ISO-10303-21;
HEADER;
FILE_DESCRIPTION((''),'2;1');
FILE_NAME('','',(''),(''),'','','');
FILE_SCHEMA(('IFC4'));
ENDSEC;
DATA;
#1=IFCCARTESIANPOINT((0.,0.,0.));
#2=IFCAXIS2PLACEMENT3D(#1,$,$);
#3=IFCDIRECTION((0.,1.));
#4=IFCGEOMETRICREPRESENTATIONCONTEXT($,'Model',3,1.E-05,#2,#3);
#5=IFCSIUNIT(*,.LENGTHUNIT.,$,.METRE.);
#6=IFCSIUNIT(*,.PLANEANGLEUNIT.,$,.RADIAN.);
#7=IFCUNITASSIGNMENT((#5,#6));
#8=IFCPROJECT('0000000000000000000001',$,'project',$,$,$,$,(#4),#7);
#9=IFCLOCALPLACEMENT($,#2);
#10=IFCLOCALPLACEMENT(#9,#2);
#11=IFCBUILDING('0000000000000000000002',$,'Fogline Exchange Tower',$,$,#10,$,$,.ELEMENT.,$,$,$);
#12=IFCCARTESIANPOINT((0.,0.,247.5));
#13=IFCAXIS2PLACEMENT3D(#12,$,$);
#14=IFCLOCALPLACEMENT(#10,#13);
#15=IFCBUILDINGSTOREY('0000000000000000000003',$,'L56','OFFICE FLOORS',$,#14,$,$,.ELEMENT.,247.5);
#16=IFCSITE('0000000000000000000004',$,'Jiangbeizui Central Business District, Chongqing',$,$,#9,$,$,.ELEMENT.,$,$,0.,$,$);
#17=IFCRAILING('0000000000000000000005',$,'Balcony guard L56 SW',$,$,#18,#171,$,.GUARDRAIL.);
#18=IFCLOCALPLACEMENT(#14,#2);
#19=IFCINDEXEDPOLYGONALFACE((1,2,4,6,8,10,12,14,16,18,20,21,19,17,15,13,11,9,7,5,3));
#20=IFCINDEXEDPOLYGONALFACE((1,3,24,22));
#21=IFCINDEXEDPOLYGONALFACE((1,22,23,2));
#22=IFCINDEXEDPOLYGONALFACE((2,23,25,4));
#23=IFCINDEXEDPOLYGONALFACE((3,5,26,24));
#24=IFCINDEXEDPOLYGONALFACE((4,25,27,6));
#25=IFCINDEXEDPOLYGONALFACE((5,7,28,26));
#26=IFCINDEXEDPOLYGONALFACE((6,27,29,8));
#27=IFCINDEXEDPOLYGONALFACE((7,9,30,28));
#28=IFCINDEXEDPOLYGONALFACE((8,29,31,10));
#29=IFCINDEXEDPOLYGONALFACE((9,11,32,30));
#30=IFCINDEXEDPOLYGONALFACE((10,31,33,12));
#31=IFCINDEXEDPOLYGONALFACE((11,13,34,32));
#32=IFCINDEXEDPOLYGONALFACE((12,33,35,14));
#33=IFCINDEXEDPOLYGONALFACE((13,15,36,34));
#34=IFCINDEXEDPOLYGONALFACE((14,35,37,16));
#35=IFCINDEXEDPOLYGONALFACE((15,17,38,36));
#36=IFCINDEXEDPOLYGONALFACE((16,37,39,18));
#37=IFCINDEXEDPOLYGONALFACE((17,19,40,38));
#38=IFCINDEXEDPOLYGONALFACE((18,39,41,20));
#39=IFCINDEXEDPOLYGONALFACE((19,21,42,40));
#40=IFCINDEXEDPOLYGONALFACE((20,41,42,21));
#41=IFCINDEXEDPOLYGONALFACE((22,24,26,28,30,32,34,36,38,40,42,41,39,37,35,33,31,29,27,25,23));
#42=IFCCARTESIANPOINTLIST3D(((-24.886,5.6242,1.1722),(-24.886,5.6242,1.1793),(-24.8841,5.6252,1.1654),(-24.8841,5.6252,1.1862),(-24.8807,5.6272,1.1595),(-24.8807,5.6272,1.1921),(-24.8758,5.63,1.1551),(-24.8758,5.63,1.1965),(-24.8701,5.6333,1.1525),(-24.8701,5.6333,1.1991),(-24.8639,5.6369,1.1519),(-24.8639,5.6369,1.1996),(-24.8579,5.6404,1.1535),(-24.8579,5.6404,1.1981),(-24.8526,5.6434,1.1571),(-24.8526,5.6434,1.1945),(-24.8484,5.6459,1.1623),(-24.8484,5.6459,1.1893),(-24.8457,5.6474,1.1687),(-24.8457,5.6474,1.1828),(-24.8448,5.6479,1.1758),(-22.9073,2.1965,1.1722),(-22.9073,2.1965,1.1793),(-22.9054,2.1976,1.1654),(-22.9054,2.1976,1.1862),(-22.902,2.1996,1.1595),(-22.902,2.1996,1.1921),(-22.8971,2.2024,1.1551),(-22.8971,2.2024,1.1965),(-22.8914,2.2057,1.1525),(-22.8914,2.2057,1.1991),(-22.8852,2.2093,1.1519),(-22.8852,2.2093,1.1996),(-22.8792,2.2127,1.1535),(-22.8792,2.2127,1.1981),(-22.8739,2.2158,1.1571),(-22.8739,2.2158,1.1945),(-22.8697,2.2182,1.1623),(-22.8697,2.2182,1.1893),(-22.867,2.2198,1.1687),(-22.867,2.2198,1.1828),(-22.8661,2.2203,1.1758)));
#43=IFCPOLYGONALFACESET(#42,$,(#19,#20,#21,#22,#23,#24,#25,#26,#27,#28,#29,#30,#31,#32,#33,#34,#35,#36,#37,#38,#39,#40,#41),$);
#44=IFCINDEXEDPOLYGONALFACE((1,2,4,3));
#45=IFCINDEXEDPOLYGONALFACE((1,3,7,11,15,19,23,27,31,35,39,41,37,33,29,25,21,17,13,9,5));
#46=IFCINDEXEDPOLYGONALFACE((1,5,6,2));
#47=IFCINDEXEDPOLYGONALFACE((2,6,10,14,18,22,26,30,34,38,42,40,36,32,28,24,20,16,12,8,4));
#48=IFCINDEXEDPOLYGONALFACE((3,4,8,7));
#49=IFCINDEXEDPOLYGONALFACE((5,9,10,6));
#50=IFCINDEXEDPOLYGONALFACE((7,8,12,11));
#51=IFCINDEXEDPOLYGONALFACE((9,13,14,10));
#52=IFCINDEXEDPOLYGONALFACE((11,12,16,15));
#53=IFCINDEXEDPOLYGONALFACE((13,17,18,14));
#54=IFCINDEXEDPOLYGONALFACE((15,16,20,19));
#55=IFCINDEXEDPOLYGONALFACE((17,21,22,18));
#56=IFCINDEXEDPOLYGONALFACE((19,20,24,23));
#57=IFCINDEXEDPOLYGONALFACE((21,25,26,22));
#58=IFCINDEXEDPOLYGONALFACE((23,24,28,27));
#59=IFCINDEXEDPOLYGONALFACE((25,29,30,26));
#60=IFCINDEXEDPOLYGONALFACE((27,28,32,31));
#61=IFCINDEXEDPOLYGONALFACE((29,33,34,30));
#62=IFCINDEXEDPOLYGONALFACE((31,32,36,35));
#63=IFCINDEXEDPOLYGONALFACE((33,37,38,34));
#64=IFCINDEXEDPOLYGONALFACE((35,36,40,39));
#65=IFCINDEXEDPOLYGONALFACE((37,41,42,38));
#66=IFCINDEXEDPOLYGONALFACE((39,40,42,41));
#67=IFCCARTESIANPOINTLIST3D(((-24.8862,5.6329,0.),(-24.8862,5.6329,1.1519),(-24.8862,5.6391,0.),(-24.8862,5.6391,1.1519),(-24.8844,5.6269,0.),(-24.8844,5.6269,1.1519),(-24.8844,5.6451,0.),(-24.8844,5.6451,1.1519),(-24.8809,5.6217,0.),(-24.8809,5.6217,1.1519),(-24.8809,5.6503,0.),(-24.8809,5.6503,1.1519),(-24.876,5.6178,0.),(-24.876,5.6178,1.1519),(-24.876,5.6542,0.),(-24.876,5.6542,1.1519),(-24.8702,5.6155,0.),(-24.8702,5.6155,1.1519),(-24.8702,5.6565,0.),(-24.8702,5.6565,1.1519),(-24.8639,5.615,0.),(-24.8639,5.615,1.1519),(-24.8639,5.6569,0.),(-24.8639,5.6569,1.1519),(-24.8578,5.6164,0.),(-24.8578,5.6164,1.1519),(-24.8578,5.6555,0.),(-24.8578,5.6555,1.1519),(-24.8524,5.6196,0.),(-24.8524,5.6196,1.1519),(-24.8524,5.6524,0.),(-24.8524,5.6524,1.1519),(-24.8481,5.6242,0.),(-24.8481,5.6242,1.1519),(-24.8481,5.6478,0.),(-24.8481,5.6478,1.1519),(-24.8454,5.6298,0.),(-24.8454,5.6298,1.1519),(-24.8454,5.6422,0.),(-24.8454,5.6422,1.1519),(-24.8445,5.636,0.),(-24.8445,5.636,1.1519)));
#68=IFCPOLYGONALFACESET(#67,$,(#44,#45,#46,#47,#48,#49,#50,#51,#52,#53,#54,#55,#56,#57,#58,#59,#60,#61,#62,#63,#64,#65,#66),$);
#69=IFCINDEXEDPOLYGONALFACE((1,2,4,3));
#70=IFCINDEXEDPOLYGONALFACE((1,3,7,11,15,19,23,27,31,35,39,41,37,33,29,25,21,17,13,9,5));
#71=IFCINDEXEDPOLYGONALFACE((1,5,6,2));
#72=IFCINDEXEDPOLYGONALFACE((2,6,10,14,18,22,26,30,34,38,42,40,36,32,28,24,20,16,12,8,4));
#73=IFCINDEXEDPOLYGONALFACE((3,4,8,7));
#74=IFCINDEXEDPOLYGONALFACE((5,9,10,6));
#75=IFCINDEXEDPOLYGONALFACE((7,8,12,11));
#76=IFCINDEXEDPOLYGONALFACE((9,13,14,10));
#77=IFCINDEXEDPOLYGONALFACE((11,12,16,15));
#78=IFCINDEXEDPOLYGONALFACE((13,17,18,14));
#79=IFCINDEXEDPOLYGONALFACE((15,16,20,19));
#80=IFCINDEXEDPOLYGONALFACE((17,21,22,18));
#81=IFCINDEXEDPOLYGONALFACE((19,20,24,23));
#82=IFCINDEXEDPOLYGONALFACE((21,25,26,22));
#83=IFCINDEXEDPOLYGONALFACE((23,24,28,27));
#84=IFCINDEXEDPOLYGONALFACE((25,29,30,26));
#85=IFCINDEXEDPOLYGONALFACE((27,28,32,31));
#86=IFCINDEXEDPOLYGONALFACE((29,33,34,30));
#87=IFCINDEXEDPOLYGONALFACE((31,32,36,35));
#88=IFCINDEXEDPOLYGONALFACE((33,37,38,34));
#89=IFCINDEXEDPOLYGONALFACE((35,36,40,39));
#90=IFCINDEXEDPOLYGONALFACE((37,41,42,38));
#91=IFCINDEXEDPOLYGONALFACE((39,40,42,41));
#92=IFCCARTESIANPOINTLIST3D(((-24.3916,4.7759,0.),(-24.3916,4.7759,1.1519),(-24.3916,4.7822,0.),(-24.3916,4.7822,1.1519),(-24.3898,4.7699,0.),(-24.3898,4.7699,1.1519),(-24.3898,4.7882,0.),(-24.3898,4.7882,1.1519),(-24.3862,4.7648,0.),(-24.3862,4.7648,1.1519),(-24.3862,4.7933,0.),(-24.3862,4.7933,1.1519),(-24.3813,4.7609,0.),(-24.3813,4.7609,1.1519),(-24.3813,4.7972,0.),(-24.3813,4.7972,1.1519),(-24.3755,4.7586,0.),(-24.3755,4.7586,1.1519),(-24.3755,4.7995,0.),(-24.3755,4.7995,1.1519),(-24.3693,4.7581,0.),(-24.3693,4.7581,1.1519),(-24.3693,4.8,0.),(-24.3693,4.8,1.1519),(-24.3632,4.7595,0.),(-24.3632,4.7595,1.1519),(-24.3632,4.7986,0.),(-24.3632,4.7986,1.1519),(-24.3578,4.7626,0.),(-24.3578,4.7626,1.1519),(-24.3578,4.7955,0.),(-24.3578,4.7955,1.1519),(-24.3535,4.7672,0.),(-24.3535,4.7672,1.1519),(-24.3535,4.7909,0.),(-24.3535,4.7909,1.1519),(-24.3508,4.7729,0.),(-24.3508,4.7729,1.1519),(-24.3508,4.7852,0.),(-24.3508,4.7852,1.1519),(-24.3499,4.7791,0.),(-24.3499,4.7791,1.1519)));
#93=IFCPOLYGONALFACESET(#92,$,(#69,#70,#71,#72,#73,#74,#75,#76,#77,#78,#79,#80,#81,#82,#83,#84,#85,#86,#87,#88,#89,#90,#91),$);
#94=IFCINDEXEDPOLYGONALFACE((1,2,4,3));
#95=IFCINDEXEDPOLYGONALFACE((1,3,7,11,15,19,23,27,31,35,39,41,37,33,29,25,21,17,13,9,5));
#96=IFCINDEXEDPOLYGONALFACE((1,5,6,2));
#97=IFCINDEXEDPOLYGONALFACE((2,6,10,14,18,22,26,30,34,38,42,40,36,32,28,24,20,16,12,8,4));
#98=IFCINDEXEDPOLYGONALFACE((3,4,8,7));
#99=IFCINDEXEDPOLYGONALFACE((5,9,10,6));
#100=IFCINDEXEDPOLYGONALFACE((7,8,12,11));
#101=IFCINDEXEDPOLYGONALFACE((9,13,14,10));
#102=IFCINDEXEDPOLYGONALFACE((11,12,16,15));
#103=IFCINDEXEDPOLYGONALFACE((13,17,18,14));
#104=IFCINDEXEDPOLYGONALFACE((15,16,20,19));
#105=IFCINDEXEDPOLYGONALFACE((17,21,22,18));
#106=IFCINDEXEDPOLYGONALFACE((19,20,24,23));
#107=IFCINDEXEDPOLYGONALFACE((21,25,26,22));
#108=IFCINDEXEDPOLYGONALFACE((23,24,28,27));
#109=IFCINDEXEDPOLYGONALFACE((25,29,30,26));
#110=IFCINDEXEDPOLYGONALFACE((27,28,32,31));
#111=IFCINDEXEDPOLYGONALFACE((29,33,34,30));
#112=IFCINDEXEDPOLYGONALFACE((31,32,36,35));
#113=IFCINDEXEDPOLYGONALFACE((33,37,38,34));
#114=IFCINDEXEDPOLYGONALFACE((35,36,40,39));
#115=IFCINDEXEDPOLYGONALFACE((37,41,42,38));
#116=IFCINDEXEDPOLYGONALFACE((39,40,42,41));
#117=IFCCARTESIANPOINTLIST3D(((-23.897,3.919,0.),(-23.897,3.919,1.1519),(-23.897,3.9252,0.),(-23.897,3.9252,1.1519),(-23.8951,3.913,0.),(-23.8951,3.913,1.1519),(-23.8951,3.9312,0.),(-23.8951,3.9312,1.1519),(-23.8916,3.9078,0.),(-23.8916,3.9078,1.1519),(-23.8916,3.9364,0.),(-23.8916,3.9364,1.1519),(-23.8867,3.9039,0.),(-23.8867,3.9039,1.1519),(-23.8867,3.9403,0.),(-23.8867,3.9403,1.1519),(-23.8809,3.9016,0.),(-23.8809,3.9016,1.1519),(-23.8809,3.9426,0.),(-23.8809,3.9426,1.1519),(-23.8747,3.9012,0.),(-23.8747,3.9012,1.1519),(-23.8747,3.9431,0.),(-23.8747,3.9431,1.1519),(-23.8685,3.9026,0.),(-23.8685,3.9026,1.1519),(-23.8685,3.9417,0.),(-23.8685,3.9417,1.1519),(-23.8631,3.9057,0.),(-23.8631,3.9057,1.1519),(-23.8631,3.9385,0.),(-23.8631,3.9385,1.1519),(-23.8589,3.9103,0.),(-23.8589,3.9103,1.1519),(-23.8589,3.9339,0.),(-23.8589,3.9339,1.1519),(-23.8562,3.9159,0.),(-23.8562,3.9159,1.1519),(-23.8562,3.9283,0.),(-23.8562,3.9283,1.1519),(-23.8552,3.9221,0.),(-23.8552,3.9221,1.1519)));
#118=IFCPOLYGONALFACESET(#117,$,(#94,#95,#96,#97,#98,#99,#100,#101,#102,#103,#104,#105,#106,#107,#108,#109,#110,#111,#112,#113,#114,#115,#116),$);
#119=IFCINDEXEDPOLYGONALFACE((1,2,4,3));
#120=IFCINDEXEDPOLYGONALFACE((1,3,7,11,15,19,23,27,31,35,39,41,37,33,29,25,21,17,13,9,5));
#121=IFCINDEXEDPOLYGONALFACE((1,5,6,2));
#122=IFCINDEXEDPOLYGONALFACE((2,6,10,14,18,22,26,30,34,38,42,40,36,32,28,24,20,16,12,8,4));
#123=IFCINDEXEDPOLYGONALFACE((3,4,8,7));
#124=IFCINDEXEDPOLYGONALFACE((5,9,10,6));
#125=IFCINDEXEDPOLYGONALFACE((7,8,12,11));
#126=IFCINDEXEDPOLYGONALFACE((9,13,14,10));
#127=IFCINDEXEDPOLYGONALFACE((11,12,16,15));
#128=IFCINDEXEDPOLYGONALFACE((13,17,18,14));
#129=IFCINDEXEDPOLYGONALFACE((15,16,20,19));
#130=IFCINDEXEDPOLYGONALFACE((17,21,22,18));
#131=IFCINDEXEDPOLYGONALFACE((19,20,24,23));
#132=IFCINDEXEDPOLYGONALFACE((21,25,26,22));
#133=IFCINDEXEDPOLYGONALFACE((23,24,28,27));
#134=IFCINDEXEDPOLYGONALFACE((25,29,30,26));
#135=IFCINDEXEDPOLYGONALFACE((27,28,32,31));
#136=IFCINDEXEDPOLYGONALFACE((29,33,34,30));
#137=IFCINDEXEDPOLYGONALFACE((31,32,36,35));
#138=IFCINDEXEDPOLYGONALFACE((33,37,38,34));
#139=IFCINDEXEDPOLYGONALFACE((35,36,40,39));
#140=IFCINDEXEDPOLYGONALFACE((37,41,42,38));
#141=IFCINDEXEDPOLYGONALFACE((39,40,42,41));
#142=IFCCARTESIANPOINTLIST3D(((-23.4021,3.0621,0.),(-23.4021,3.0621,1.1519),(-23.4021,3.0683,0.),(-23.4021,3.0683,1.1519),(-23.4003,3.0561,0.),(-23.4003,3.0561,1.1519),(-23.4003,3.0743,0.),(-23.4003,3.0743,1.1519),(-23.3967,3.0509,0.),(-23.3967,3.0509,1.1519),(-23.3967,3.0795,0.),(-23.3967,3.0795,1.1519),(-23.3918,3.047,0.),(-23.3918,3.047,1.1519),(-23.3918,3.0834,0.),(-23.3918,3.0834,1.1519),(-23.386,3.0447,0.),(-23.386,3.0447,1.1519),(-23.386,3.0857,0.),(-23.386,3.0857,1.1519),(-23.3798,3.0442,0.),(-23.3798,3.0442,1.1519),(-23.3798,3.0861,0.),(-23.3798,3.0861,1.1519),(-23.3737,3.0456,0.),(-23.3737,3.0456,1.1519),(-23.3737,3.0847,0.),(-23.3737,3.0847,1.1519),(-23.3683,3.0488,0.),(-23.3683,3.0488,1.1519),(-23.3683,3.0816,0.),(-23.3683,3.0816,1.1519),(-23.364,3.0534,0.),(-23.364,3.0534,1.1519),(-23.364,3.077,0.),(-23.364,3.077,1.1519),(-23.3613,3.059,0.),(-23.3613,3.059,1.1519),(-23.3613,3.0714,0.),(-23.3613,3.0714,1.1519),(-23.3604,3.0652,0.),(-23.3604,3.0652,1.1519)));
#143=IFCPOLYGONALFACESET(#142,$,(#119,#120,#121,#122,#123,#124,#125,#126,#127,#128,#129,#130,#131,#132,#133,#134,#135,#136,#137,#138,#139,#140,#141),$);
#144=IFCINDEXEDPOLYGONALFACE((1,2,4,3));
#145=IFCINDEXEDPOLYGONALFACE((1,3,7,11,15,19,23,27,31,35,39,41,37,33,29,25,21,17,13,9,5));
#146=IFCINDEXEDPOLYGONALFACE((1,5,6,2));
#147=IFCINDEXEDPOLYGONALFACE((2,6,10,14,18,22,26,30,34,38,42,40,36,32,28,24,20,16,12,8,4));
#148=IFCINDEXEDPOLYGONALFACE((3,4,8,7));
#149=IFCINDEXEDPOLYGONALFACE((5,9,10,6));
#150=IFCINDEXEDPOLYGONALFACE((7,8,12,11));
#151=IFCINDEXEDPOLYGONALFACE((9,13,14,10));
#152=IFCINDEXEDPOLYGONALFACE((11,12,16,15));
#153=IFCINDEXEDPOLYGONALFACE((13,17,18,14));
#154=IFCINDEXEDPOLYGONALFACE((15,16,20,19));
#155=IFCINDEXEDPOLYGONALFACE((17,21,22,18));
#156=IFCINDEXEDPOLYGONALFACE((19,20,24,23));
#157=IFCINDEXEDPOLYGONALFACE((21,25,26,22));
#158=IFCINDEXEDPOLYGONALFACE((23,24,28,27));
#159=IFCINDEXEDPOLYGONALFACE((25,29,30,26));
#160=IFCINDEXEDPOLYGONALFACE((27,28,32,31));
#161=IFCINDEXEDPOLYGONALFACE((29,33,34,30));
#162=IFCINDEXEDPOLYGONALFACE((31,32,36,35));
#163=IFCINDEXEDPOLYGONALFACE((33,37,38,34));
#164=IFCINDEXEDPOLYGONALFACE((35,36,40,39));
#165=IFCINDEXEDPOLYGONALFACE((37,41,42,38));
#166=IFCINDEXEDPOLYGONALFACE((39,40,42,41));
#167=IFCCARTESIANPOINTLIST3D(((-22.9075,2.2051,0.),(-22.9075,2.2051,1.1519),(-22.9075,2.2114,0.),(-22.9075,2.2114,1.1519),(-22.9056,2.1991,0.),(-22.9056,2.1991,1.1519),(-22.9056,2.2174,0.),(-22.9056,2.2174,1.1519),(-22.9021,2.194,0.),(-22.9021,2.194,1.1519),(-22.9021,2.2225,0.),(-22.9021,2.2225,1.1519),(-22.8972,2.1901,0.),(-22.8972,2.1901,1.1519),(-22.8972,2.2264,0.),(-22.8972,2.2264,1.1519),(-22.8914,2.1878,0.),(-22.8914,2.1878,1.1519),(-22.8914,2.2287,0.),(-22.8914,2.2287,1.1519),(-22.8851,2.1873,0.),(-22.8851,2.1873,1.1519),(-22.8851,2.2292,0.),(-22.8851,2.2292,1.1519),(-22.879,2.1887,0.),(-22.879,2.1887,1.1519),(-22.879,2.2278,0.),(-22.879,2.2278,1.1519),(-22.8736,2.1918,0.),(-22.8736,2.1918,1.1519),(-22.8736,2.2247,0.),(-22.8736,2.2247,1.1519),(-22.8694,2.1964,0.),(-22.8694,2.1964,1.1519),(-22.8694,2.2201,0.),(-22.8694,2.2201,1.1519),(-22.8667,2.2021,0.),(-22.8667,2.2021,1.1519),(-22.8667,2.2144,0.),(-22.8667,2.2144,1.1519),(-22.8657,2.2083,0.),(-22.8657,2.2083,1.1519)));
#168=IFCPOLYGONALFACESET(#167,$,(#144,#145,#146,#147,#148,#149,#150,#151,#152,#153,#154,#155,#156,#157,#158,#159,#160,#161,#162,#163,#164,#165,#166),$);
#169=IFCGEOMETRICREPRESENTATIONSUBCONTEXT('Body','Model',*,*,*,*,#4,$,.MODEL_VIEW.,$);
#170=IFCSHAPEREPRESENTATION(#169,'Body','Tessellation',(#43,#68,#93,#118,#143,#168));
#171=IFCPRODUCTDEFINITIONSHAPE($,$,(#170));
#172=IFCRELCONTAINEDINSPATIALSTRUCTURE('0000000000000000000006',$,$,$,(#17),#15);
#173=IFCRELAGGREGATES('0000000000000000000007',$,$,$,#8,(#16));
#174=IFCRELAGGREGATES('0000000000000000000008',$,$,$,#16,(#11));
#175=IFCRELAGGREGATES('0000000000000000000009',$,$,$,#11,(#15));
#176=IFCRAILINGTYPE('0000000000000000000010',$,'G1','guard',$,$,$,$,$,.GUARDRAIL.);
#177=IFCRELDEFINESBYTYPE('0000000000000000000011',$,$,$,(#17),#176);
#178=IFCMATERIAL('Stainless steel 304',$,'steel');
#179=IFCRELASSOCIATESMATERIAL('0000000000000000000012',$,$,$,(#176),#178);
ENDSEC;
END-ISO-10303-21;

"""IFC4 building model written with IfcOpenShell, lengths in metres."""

from ifc_helpers import new_model, si_unit, direction, frame, origin, origin_2d, place, context, subcontext, project, spatial, circle, extrude, material, type_object, element, save


model = new_model("IFC4")

# Units and contexts
model_context = context("Model", 3, precision=1e-05, world=origin(), true_north=direction((0.0, 1.0)))
body_context = subcontext(model_context, "Body", "Model", "MODEL_VIEW")
ifc_project = project(units=[si_unit("LENGTHUNIT", "METRE"), si_unit("PLANEANGLEUNIT", "RADIAN")], contexts=[model_context])

# Site, building, storey
site_placement = place(None, origin())
site = spatial("IfcSite", under=ifc_project, at=site_placement, Name="Jiangbeizui Central Business District, Chongqing", CompositionType="ELEMENT", RefElevation=0.0)
building_placement = place(site_placement, origin())
building = spatial("IfcBuilding", under=site, at=building_placement, Name="Fogline Exchange Tower", CompositionType="ELEMENT")
storey_placement = place(building_placement, frame((0.0, 0.0, 247.5)))
storey = spatial("IfcBuildingStorey", under=building, at=storey_placement, Name="L56", Description="OFFICE FLOORS", CompositionType="ELEMENT", Elevation=247.5)

# Railing
ifc_material_1 = material(Name="Stainless steel 304", Category="steel")
railing_type = type_object("IfcRailingType", Name="G1", Description="guard", PredefinedType="GUARDRAIL", material=ifc_material_1)
railing_placement = place(storey_placement, frame((-24.8655, 5.636, 0.0)))
element("IfcRailing", 1, at=railing_placement, inside=storey, type_object=railing_type, Name="Balcony guard L56 SW", PredefinedType="GUARDRAIL", context=body_context, shape_type="SweptSolid", body=[
    extrude(circle(Radius=0.0239, at=origin_2d()), frame((0.0, 0.0, 1.1758), z_axis=(0.499954, -0.866052, 0.0), x_axis=(0.866052, 0.499954, 0.0)), (0.0, 0.0, 1.0), 3.9578),
    extrude(circle(Radius=0.021, at=origin_2d()), origin(), (0.0, 0.0, 1.0), 1.1519),
    extrude(circle(Radius=0.021, at=origin_2d()), frame((0.4946, -0.8569, 0.0)), (0.0, 0.0, 1.0), 1.1519),
    extrude(circle(Radius=0.021, at=origin_2d()), frame((0.9893, -1.7139, 0.0)), (0.0, 0.0, 1.0), 1.1519),
    extrude(circle(Radius=0.021, at=origin_2d()), frame((1.4841, -2.5708, 0.0)), (0.0, 0.0, 1.0), 1.1519),
    extrude(circle(Radius=0.021, at=origin_2d()), frame((1.9788, -3.4277, 0.0)), (0.0, 0.0, 1.0), 1.1519),
])

save(model, "model.ifc")
